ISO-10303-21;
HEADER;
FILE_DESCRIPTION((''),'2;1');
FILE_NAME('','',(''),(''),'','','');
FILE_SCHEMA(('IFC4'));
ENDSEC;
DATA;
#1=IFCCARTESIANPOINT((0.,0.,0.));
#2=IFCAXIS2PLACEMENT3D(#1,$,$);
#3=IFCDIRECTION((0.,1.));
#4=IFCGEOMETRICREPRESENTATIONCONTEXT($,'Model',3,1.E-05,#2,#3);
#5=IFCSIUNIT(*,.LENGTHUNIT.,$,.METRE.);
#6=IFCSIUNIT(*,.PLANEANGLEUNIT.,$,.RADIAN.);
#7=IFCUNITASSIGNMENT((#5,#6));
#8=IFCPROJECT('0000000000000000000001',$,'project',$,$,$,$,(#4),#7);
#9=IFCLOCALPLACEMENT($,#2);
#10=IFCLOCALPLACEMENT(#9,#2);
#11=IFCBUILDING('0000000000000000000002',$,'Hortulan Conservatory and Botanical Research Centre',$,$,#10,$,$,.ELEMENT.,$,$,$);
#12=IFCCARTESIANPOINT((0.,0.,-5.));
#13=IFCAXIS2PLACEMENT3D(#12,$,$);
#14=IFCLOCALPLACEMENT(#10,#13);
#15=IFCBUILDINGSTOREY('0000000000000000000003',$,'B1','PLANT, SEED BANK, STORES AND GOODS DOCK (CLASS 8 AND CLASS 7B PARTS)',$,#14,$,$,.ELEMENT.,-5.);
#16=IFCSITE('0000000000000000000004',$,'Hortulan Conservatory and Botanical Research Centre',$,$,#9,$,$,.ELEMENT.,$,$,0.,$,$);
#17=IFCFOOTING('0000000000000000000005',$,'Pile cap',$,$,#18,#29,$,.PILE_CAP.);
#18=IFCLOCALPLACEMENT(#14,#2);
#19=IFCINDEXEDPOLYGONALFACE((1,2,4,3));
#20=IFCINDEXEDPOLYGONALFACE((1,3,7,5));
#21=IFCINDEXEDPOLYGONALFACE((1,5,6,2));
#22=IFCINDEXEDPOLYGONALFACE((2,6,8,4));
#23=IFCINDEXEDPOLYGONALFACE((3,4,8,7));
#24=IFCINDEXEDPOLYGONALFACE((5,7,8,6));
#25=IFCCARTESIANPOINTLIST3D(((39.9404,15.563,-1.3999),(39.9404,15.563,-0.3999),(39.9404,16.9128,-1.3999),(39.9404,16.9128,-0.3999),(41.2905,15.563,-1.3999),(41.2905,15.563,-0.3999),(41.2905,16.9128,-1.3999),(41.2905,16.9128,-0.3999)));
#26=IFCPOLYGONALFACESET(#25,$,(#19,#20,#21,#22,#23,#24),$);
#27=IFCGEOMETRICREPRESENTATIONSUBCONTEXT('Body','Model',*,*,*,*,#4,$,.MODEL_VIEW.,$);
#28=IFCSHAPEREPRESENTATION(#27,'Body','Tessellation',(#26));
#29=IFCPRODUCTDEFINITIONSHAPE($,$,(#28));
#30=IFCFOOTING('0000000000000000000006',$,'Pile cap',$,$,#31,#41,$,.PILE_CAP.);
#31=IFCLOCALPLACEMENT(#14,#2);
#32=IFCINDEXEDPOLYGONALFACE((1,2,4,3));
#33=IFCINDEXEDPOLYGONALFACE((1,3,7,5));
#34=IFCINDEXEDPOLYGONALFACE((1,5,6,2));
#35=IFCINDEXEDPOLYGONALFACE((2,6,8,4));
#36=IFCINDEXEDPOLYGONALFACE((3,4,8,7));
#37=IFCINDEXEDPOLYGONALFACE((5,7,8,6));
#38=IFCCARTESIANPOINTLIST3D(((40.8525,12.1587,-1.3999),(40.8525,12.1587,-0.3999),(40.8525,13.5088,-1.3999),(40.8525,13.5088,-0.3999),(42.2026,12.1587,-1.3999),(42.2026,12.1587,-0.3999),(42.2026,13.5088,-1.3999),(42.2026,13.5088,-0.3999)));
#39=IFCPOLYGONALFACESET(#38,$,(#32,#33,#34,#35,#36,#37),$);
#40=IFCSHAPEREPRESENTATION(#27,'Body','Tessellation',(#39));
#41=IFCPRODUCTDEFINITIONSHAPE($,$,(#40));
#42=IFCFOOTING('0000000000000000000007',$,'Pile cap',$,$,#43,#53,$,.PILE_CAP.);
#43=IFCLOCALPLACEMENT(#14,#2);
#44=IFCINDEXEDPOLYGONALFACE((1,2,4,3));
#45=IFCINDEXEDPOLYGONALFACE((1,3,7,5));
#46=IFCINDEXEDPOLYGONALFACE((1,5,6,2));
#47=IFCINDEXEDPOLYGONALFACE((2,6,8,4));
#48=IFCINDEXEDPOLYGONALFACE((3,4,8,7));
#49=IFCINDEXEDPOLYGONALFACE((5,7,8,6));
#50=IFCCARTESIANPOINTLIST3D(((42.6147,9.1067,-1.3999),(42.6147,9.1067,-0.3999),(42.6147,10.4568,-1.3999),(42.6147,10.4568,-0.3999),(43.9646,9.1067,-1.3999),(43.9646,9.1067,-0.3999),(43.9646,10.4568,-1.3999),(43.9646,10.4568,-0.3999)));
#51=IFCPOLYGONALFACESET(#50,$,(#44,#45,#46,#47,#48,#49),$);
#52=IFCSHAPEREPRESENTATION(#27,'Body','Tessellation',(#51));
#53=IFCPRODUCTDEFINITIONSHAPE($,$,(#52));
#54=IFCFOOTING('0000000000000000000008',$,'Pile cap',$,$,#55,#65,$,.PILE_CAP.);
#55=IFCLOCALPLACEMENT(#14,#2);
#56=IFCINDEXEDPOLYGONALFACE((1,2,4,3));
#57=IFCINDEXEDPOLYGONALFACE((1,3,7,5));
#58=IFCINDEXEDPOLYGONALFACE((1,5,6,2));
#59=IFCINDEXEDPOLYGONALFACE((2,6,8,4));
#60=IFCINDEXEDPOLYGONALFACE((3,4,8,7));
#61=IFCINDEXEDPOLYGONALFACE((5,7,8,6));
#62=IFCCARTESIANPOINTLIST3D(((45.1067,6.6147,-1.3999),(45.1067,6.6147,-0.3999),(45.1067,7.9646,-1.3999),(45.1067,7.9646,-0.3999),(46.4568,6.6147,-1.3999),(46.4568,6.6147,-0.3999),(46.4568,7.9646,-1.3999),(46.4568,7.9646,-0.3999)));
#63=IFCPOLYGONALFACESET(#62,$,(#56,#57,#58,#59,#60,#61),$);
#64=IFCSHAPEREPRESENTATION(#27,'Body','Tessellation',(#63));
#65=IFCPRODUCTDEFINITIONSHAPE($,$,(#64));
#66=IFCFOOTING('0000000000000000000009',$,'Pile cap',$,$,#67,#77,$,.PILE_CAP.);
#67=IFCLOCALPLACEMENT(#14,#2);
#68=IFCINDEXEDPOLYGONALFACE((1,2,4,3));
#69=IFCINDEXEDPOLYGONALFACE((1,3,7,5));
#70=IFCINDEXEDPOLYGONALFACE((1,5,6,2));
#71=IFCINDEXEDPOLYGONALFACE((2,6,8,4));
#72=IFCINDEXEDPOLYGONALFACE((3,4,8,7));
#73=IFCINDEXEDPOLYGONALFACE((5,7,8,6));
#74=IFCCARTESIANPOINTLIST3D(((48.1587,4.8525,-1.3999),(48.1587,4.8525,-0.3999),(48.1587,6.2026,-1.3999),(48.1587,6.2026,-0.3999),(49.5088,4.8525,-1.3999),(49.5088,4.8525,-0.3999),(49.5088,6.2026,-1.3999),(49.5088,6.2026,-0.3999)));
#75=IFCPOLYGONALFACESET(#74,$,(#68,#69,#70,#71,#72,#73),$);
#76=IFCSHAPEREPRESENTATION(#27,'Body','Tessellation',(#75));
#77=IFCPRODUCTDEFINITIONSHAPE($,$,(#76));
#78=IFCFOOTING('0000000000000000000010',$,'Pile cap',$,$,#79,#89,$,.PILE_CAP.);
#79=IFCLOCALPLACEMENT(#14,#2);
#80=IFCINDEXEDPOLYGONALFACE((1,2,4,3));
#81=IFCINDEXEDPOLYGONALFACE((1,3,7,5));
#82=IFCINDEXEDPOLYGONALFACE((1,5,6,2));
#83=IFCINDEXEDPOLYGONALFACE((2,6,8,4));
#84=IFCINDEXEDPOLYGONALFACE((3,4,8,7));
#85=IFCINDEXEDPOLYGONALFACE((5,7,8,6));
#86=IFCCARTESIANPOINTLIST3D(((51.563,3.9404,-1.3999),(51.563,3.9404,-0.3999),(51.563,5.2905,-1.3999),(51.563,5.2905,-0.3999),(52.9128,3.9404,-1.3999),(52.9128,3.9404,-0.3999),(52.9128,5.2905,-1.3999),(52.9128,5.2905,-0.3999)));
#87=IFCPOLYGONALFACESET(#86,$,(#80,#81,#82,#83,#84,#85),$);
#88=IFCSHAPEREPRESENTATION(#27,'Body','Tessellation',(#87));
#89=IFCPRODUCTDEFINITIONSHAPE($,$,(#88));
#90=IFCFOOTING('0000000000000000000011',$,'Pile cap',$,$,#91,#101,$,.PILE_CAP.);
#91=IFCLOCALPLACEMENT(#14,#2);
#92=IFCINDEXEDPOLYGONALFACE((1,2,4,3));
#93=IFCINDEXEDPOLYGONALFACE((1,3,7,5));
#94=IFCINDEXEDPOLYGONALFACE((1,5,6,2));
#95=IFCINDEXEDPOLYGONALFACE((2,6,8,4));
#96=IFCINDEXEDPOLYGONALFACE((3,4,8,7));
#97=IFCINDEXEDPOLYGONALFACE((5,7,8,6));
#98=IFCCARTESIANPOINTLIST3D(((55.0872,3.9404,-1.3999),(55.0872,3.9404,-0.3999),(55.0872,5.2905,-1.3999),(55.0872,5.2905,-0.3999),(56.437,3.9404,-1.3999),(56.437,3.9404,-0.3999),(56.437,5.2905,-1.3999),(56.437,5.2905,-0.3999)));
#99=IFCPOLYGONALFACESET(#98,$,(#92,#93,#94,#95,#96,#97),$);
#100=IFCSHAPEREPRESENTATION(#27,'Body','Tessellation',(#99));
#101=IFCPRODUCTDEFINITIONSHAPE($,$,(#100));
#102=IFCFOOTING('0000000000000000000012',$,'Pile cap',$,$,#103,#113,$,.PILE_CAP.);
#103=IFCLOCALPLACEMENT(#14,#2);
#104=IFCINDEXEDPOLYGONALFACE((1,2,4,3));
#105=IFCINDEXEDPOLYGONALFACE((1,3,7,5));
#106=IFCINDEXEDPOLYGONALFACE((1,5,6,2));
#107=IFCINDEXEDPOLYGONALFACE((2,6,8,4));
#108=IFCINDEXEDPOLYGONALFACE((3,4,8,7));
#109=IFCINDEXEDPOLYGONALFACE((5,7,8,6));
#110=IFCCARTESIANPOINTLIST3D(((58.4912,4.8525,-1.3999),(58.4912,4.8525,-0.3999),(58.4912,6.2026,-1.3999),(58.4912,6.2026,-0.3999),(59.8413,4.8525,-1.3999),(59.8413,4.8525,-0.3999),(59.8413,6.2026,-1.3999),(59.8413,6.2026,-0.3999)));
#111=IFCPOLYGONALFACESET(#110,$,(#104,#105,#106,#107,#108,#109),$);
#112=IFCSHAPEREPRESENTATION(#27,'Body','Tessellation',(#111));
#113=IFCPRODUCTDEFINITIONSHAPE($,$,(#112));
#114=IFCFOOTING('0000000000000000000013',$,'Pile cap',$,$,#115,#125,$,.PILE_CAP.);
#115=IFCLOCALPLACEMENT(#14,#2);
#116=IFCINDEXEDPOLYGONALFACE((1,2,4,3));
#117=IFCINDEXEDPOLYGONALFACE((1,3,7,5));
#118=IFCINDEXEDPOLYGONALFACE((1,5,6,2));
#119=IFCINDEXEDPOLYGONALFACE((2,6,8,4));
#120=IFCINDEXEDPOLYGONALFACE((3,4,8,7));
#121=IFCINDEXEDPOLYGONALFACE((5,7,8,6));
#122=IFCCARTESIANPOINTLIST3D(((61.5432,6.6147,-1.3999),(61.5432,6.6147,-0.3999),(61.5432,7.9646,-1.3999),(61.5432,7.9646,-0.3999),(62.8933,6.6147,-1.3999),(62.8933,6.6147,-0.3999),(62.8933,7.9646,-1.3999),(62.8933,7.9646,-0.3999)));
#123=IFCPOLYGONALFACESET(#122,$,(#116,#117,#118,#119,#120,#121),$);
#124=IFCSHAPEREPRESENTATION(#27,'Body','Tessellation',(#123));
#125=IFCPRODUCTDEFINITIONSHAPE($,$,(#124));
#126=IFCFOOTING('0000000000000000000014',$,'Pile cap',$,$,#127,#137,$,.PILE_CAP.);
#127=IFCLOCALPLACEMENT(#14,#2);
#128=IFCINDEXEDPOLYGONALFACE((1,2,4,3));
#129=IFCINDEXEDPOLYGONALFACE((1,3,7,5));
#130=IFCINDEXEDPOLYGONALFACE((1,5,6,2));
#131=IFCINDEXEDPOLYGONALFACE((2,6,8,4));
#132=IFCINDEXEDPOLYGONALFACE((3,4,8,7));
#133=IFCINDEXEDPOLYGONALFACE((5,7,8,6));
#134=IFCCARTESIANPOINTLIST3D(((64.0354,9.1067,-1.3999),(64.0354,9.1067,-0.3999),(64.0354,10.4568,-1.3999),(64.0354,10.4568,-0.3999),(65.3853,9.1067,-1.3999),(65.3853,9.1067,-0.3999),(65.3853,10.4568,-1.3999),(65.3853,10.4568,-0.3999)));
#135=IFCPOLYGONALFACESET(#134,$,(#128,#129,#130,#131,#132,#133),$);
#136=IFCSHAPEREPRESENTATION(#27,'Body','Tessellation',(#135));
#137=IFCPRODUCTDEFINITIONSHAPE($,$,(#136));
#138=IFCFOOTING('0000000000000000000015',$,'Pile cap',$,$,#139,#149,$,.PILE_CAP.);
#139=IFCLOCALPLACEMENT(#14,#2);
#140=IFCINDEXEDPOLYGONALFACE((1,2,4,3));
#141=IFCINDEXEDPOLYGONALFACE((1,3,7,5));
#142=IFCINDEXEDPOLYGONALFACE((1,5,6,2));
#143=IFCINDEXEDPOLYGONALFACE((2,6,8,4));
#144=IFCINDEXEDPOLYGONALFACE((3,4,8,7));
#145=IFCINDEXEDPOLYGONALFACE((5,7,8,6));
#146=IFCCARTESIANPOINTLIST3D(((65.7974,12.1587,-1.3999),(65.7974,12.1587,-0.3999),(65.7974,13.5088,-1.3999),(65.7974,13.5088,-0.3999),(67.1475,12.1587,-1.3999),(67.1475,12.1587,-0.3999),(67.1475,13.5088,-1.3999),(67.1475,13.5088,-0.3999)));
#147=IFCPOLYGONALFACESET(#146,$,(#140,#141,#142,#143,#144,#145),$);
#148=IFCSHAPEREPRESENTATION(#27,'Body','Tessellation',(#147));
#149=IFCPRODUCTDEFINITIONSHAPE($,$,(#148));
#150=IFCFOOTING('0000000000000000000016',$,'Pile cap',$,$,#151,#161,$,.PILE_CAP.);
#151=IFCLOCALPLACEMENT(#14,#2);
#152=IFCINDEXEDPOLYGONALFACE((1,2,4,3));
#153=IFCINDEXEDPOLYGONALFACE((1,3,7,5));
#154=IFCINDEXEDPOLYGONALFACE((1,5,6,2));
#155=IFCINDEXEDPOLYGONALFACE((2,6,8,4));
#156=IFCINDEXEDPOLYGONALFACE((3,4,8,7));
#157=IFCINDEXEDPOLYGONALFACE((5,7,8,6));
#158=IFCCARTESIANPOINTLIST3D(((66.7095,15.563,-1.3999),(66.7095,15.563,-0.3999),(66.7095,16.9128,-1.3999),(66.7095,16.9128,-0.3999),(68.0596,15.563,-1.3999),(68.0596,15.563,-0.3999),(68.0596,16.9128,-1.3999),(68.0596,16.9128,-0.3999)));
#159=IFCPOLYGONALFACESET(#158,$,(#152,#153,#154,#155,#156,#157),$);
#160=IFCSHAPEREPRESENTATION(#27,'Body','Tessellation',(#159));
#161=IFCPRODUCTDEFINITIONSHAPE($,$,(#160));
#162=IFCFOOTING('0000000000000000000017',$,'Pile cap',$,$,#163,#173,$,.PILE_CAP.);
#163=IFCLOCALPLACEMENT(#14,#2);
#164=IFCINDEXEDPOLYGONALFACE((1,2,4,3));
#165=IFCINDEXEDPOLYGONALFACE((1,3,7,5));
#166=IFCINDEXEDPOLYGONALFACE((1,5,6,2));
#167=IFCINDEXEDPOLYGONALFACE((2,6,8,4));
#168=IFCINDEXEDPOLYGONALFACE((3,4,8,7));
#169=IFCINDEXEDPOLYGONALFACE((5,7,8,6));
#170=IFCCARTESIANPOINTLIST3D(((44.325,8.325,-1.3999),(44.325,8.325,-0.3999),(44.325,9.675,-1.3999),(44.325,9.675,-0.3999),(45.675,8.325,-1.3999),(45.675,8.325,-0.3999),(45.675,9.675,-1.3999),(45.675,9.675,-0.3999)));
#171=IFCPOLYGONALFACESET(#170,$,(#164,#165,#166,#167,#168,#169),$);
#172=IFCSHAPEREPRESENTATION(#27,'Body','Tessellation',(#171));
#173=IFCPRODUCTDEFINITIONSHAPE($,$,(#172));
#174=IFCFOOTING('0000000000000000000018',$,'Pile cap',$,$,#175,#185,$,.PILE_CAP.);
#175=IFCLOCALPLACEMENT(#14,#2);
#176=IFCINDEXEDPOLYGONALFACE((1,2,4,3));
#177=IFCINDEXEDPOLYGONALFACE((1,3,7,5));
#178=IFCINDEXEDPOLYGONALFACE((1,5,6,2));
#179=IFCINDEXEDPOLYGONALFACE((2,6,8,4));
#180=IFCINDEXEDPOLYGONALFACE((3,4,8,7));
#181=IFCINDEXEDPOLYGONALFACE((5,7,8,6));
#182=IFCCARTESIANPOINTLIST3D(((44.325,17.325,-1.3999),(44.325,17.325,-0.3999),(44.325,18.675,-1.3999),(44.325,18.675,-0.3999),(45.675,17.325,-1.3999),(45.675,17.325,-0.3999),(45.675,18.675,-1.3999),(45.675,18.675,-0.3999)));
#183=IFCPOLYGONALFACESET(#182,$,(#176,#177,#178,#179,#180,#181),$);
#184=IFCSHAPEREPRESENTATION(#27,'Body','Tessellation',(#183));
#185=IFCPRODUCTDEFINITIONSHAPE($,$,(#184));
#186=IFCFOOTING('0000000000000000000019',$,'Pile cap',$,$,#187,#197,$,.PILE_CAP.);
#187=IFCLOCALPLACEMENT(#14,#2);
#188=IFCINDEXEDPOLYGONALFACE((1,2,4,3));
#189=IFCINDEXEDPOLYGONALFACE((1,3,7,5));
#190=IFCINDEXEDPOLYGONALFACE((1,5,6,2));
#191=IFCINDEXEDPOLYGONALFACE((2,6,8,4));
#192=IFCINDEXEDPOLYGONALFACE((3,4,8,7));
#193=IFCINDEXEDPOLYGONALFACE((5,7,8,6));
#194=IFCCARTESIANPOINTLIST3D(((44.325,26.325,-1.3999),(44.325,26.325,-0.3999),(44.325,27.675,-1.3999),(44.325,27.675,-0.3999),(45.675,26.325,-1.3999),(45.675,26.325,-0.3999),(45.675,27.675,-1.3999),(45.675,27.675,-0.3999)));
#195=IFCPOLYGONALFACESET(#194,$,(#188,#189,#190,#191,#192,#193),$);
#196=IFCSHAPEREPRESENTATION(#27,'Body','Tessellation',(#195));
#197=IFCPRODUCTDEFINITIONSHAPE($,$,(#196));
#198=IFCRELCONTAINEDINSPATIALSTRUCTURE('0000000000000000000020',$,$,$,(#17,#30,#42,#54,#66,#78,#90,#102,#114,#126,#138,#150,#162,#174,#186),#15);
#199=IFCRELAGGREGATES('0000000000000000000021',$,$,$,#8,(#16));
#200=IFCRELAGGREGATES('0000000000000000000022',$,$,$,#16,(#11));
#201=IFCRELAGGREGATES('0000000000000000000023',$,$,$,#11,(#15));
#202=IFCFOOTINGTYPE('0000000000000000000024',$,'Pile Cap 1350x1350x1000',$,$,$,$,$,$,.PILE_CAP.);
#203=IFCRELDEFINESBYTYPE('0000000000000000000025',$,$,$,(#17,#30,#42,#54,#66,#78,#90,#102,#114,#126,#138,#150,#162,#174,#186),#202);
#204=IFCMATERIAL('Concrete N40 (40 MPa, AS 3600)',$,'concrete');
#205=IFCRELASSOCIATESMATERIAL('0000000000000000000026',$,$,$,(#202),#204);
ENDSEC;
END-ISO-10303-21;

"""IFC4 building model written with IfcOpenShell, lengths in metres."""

from ifc_helpers import new_model, si_unit, direction, frame, origin, place, context, subcontext, project, spatial, polyline, outline, extrude, material, type_object, element, save


model = new_model("IFC4")

# Units and contexts
model_context = context("Model", 3, precision=1e-05, world=origin(), true_north=direction((0.0, 1.0)))
body_context = subcontext(model_context, "Body", "Model", "MODEL_VIEW")
ifc_project = project(units=[si_unit("LENGTHUNIT", "METRE"), si_unit("PLANEANGLEUNIT", "RADIAN")], contexts=[model_context])

# Site, building, storey
site_placement = place(None, origin())
site = spatial("IfcSite", under=ifc_project, at=site_placement, Name="Hortulan Conservatory and Botanical Research Centre", CompositionType="ELEMENT", RefElevation=0.0)
building_placement = place(site_placement, origin())
building = spatial("IfcBuilding", under=site, at=building_placement, Name="Hortulan Conservatory and Botanical Research Centre", CompositionType="ELEMENT")
storey_placement = place(building_placement, frame((0.0, 0.0, -5.0)))
storey = spatial("IfcBuildingStorey", under=building, at=storey_placement, Name="B1", Description="PLANT, SEED BANK, STORES AND GOODS DOCK (CLASS 8 AND CLASS 7B PARTS)", CompositionType="ELEMENT", Elevation=-5.0)

# Footings
ifc_material = material(Name="Concrete N40 (40 MPa, AS 3600)", Category="concrete")
footing_type_1 = type_object("IfcFootingType", Name="Pile Cap 1350x1350x1000", PredefinedType="PILE_CAP", material=ifc_material)
footing_1_placement = place(storey_placement, frame((0.0, 0.0, -1.3999)))
element("IfcFooting", 1, at=footing_1_placement, inside=storey, type_object=footing_type_1, Name="Pile cap", PredefinedType="PILE_CAP", context=body_context, shape_type="SweptSolid", body=[
    extrude(outline(polyline([(41.2905, 15.563), (41.2905, 16.9128), (39.9404, 16.9128), (39.9404, 15.563), (41.2905, 15.563)])), origin(), (0.0, 0.0, 1.0), 1.0),
])
footing_2_placement = place(storey_placement, frame((0.0, 0.0, -1.3999)))
element("IfcFooting", 2, at=footing_2_placement, inside=storey, type_object=footing_type_1, Name="Pile cap", PredefinedType="PILE_CAP", context=body_context, shape_type="SweptSolid", body=[
    extrude(outline(polyline([(42.2026, 12.1587), (42.2026, 13.5088), (40.8525, 13.5088), (40.8525, 12.1587), (42.2026, 12.1587)])), origin(), (0.0, 0.0, 1.0), 1.0),
])
footing_3_placement = place(storey_placement, frame((0.0, 0.0, -1.3999)))
element("IfcFooting", 3, at=footing_3_placement, inside=storey, type_object=footing_type_1, Name="Pile cap", PredefinedType="PILE_CAP", context=body_context, shape_type="SweptSolid", body=[
    extrude(outline(polyline([(43.9646, 9.1067), (43.9646, 10.4568), (42.6147, 10.4568), (42.6147, 9.1067), (43.9646, 9.1067)])), origin(), (0.0, 0.0, 1.0), 1.0),
])
footing_4_placement = place(storey_placement, frame((0.0, 0.0, -1.3999)))
element("IfcFooting", 4, at=footing_4_placement, inside=storey, type_object=footing_type_1, Name="Pile cap", PredefinedType="PILE_CAP", context=body_context, shape_type="SweptSolid", body=[
    extrude(outline(polyline([(46.4568, 6.6147), (46.4568, 7.9646), (45.1067, 7.9646), (45.1067, 6.6147), (46.4568, 6.6147)])), origin(), (0.0, 0.0, 1.0), 1.0),
])
footing_5_placement = place(storey_placement, frame((0.0, 0.0, -1.3999)))
element("IfcFooting", 5, at=footing_5_placement, inside=storey, type_object=footing_type_1, Name="Pile cap", PredefinedType="PILE_CAP", context=body_context, shape_type="SweptSolid", body=[
    extrude(outline(polyline([(49.5088, 4.8525), (49.5088, 6.2026), (48.1587, 6.2026), (48.1587, 4.8525), (49.5088, 4.8525)])), origin(), (0.0, 0.0, 1.0), 1.0),
])
footing_6_placement = place(storey_placement, frame((0.0, 0.0, -1.3999)))
element("IfcFooting", 6, at=footing_6_placement, inside=storey, type_object=footing_type_1, Name="Pile cap", PredefinedType="PILE_CAP", context=body_context, shape_type="SweptSolid", body=[
    extrude(outline(polyline([(52.9128, 3.9404), (52.9128, 5.2905), (51.563, 5.2905), (51.563, 3.9404), (52.9128, 3.9404)])), origin(), (0.0, 0.0, 1.0), 1.0),
])
footing_7_placement = place(storey_placement, frame((0.0, 0.0, -1.3999)))
element("IfcFooting", 7, at=footing_7_placement, inside=storey, type_object=footing_type_1, Name="Pile cap", PredefinedType="PILE_CAP", context=body_context, shape_type="SweptSolid", body=[
    extrude(outline(polyline([(56.437, 3.9404), (56.437, 5.2905), (55.0872, 5.2905), (55.0872, 3.9404), (56.437, 3.9404)])), origin(), (0.0, 0.0, 1.0), 1.0),
])
footing_8_placement = place(storey_placement, frame((0.0, 0.0, -1.3999)))
element("IfcFooting", 8, at=footing_8_placement, inside=storey, type_object=footing_type_1, Name="Pile cap", PredefinedType="PILE_CAP", context=body_context, shape_type="SweptSolid", body=[
    extrude(outline(polyline([(59.8413, 4.8525), (59.8413, 6.2026), (58.4912, 6.2026), (58.4912, 4.8525), (59.8413, 4.8525)])), origin(), (0.0, 0.0, 1.0), 1.0),
])
footing_9_placement = place(storey_placement, frame((0.0, 0.0, -1.3999)))
element("IfcFooting", 9, at=footing_9_placement, inside=storey, type_object=footing_type_1, Name="Pile cap", PredefinedType="PILE_CAP", context=body_context, shape_type="SweptSolid", body=[
    extrude(outline(polyline([(62.8933, 6.6147), (62.8933, 7.9646), (61.5432, 7.9646), (61.5432, 6.6147), (62.8933, 6.6147)])), origin(), (0.0, 0.0, 1.0), 1.0),
])
footing_10_placement = place(storey_placement, frame((0.0, 0.0, -1.3999)))
element("IfcFooting", 10, at=footing_10_placement, inside=storey, type_object=footing_type_1, Name="Pile cap", PredefinedType="PILE_CAP", context=body_context, shape_type="SweptSolid", body=[
    extrude(outline(polyline([(65.3853, 9.1067), (65.3853, 10.4568), (64.0354, 10.4568), (64.0354, 9.1067), (65.3853, 9.1067)])), origin(), (0.0, 0.0, 1.0), 1.0),
])
footing_11_placement = place(storey_placement, frame((0.0, 0.0, -1.3999)))
element("IfcFooting", 11, at=footing_11_placement, inside=storey, type_object=footing_type_1, Name="Pile cap", PredefinedType="PILE_CAP", context=body_context, shape_type="SweptSolid", body=[
    extrude(outline(polyline([(67.1475, 12.1587), (67.1475, 13.5088), (65.7974, 13.5088), (65.7974, 12.1587), (67.1475, 12.1587)])), origin(), (0.0, 0.0, 1.0), 1.0),
])
footing_12_placement = place(storey_placement, frame((0.0, 0.0, -1.3999)))
element("IfcFooting", 12, at=footing_12_placement, inside=storey, type_object=footing_type_1, Name="Pile cap", PredefinedType="PILE_CAP", context=body_context, shape_type="SweptSolid", body=[
    extrude(outline(polyline([(68.0596, 15.563), (68.0596, 16.9128), (66.7095, 16.9128), (66.7095, 15.563), (68.0596, 15.563)])), origin(), (0.0, 0.0, 1.0), 1.0),
])
footing_13_placement = place(storey_placement, frame((0.0, 0.0, -1.3999)))
element("IfcFooting", 13, at=footing_13_placement, inside=storey, type_object=footing_type_1, Name="Pile cap", PredefinedType="PILE_CAP", context=body_context, shape_type="SweptSolid", body=[
    extrude(outline(polyline([(45.675, 8.325), (45.675, 9.675), (44.325, 9.675), (44.325, 8.325), (45.675, 8.325)])), origin(), (0.0, 0.0, 1.0), 1.0),
])
footing_14_placement = place(storey_placement, frame((0.0, 0.0, -1.3999)))
element("IfcFooting", 14, at=footing_14_placement, inside=storey, type_object=footing_type_1, Name="Pile cap", PredefinedType="PILE_CAP", context=body_context, shape_type="SweptSolid", body=[
    extrude(outline(polyline([(45.675, 17.325), (45.675, 18.675), (44.325, 18.675), (44.325, 17.325), (45.675, 17.325)])), origin(), (0.0, 0.0, 1.0), 1.0),
])
footing_15_placement = place(storey_placement, frame((0.0, 0.0, -1.3999)))
element("IfcFooting", 15, at=footing_15_placement, inside=storey, type_object=footing_type_1, Name="Pile cap", PredefinedType="PILE_CAP", context=body_context, shape_type="SweptSolid", body=[
    extrude(outline(polyline([(45.675, 26.325), (45.675, 27.675), (44.325, 27.675), (44.325, 26.325), (45.675, 26.325)])), origin(), (0.0, 0.0, 1.0), 1.0),
])

save(model, "model.ifc")
